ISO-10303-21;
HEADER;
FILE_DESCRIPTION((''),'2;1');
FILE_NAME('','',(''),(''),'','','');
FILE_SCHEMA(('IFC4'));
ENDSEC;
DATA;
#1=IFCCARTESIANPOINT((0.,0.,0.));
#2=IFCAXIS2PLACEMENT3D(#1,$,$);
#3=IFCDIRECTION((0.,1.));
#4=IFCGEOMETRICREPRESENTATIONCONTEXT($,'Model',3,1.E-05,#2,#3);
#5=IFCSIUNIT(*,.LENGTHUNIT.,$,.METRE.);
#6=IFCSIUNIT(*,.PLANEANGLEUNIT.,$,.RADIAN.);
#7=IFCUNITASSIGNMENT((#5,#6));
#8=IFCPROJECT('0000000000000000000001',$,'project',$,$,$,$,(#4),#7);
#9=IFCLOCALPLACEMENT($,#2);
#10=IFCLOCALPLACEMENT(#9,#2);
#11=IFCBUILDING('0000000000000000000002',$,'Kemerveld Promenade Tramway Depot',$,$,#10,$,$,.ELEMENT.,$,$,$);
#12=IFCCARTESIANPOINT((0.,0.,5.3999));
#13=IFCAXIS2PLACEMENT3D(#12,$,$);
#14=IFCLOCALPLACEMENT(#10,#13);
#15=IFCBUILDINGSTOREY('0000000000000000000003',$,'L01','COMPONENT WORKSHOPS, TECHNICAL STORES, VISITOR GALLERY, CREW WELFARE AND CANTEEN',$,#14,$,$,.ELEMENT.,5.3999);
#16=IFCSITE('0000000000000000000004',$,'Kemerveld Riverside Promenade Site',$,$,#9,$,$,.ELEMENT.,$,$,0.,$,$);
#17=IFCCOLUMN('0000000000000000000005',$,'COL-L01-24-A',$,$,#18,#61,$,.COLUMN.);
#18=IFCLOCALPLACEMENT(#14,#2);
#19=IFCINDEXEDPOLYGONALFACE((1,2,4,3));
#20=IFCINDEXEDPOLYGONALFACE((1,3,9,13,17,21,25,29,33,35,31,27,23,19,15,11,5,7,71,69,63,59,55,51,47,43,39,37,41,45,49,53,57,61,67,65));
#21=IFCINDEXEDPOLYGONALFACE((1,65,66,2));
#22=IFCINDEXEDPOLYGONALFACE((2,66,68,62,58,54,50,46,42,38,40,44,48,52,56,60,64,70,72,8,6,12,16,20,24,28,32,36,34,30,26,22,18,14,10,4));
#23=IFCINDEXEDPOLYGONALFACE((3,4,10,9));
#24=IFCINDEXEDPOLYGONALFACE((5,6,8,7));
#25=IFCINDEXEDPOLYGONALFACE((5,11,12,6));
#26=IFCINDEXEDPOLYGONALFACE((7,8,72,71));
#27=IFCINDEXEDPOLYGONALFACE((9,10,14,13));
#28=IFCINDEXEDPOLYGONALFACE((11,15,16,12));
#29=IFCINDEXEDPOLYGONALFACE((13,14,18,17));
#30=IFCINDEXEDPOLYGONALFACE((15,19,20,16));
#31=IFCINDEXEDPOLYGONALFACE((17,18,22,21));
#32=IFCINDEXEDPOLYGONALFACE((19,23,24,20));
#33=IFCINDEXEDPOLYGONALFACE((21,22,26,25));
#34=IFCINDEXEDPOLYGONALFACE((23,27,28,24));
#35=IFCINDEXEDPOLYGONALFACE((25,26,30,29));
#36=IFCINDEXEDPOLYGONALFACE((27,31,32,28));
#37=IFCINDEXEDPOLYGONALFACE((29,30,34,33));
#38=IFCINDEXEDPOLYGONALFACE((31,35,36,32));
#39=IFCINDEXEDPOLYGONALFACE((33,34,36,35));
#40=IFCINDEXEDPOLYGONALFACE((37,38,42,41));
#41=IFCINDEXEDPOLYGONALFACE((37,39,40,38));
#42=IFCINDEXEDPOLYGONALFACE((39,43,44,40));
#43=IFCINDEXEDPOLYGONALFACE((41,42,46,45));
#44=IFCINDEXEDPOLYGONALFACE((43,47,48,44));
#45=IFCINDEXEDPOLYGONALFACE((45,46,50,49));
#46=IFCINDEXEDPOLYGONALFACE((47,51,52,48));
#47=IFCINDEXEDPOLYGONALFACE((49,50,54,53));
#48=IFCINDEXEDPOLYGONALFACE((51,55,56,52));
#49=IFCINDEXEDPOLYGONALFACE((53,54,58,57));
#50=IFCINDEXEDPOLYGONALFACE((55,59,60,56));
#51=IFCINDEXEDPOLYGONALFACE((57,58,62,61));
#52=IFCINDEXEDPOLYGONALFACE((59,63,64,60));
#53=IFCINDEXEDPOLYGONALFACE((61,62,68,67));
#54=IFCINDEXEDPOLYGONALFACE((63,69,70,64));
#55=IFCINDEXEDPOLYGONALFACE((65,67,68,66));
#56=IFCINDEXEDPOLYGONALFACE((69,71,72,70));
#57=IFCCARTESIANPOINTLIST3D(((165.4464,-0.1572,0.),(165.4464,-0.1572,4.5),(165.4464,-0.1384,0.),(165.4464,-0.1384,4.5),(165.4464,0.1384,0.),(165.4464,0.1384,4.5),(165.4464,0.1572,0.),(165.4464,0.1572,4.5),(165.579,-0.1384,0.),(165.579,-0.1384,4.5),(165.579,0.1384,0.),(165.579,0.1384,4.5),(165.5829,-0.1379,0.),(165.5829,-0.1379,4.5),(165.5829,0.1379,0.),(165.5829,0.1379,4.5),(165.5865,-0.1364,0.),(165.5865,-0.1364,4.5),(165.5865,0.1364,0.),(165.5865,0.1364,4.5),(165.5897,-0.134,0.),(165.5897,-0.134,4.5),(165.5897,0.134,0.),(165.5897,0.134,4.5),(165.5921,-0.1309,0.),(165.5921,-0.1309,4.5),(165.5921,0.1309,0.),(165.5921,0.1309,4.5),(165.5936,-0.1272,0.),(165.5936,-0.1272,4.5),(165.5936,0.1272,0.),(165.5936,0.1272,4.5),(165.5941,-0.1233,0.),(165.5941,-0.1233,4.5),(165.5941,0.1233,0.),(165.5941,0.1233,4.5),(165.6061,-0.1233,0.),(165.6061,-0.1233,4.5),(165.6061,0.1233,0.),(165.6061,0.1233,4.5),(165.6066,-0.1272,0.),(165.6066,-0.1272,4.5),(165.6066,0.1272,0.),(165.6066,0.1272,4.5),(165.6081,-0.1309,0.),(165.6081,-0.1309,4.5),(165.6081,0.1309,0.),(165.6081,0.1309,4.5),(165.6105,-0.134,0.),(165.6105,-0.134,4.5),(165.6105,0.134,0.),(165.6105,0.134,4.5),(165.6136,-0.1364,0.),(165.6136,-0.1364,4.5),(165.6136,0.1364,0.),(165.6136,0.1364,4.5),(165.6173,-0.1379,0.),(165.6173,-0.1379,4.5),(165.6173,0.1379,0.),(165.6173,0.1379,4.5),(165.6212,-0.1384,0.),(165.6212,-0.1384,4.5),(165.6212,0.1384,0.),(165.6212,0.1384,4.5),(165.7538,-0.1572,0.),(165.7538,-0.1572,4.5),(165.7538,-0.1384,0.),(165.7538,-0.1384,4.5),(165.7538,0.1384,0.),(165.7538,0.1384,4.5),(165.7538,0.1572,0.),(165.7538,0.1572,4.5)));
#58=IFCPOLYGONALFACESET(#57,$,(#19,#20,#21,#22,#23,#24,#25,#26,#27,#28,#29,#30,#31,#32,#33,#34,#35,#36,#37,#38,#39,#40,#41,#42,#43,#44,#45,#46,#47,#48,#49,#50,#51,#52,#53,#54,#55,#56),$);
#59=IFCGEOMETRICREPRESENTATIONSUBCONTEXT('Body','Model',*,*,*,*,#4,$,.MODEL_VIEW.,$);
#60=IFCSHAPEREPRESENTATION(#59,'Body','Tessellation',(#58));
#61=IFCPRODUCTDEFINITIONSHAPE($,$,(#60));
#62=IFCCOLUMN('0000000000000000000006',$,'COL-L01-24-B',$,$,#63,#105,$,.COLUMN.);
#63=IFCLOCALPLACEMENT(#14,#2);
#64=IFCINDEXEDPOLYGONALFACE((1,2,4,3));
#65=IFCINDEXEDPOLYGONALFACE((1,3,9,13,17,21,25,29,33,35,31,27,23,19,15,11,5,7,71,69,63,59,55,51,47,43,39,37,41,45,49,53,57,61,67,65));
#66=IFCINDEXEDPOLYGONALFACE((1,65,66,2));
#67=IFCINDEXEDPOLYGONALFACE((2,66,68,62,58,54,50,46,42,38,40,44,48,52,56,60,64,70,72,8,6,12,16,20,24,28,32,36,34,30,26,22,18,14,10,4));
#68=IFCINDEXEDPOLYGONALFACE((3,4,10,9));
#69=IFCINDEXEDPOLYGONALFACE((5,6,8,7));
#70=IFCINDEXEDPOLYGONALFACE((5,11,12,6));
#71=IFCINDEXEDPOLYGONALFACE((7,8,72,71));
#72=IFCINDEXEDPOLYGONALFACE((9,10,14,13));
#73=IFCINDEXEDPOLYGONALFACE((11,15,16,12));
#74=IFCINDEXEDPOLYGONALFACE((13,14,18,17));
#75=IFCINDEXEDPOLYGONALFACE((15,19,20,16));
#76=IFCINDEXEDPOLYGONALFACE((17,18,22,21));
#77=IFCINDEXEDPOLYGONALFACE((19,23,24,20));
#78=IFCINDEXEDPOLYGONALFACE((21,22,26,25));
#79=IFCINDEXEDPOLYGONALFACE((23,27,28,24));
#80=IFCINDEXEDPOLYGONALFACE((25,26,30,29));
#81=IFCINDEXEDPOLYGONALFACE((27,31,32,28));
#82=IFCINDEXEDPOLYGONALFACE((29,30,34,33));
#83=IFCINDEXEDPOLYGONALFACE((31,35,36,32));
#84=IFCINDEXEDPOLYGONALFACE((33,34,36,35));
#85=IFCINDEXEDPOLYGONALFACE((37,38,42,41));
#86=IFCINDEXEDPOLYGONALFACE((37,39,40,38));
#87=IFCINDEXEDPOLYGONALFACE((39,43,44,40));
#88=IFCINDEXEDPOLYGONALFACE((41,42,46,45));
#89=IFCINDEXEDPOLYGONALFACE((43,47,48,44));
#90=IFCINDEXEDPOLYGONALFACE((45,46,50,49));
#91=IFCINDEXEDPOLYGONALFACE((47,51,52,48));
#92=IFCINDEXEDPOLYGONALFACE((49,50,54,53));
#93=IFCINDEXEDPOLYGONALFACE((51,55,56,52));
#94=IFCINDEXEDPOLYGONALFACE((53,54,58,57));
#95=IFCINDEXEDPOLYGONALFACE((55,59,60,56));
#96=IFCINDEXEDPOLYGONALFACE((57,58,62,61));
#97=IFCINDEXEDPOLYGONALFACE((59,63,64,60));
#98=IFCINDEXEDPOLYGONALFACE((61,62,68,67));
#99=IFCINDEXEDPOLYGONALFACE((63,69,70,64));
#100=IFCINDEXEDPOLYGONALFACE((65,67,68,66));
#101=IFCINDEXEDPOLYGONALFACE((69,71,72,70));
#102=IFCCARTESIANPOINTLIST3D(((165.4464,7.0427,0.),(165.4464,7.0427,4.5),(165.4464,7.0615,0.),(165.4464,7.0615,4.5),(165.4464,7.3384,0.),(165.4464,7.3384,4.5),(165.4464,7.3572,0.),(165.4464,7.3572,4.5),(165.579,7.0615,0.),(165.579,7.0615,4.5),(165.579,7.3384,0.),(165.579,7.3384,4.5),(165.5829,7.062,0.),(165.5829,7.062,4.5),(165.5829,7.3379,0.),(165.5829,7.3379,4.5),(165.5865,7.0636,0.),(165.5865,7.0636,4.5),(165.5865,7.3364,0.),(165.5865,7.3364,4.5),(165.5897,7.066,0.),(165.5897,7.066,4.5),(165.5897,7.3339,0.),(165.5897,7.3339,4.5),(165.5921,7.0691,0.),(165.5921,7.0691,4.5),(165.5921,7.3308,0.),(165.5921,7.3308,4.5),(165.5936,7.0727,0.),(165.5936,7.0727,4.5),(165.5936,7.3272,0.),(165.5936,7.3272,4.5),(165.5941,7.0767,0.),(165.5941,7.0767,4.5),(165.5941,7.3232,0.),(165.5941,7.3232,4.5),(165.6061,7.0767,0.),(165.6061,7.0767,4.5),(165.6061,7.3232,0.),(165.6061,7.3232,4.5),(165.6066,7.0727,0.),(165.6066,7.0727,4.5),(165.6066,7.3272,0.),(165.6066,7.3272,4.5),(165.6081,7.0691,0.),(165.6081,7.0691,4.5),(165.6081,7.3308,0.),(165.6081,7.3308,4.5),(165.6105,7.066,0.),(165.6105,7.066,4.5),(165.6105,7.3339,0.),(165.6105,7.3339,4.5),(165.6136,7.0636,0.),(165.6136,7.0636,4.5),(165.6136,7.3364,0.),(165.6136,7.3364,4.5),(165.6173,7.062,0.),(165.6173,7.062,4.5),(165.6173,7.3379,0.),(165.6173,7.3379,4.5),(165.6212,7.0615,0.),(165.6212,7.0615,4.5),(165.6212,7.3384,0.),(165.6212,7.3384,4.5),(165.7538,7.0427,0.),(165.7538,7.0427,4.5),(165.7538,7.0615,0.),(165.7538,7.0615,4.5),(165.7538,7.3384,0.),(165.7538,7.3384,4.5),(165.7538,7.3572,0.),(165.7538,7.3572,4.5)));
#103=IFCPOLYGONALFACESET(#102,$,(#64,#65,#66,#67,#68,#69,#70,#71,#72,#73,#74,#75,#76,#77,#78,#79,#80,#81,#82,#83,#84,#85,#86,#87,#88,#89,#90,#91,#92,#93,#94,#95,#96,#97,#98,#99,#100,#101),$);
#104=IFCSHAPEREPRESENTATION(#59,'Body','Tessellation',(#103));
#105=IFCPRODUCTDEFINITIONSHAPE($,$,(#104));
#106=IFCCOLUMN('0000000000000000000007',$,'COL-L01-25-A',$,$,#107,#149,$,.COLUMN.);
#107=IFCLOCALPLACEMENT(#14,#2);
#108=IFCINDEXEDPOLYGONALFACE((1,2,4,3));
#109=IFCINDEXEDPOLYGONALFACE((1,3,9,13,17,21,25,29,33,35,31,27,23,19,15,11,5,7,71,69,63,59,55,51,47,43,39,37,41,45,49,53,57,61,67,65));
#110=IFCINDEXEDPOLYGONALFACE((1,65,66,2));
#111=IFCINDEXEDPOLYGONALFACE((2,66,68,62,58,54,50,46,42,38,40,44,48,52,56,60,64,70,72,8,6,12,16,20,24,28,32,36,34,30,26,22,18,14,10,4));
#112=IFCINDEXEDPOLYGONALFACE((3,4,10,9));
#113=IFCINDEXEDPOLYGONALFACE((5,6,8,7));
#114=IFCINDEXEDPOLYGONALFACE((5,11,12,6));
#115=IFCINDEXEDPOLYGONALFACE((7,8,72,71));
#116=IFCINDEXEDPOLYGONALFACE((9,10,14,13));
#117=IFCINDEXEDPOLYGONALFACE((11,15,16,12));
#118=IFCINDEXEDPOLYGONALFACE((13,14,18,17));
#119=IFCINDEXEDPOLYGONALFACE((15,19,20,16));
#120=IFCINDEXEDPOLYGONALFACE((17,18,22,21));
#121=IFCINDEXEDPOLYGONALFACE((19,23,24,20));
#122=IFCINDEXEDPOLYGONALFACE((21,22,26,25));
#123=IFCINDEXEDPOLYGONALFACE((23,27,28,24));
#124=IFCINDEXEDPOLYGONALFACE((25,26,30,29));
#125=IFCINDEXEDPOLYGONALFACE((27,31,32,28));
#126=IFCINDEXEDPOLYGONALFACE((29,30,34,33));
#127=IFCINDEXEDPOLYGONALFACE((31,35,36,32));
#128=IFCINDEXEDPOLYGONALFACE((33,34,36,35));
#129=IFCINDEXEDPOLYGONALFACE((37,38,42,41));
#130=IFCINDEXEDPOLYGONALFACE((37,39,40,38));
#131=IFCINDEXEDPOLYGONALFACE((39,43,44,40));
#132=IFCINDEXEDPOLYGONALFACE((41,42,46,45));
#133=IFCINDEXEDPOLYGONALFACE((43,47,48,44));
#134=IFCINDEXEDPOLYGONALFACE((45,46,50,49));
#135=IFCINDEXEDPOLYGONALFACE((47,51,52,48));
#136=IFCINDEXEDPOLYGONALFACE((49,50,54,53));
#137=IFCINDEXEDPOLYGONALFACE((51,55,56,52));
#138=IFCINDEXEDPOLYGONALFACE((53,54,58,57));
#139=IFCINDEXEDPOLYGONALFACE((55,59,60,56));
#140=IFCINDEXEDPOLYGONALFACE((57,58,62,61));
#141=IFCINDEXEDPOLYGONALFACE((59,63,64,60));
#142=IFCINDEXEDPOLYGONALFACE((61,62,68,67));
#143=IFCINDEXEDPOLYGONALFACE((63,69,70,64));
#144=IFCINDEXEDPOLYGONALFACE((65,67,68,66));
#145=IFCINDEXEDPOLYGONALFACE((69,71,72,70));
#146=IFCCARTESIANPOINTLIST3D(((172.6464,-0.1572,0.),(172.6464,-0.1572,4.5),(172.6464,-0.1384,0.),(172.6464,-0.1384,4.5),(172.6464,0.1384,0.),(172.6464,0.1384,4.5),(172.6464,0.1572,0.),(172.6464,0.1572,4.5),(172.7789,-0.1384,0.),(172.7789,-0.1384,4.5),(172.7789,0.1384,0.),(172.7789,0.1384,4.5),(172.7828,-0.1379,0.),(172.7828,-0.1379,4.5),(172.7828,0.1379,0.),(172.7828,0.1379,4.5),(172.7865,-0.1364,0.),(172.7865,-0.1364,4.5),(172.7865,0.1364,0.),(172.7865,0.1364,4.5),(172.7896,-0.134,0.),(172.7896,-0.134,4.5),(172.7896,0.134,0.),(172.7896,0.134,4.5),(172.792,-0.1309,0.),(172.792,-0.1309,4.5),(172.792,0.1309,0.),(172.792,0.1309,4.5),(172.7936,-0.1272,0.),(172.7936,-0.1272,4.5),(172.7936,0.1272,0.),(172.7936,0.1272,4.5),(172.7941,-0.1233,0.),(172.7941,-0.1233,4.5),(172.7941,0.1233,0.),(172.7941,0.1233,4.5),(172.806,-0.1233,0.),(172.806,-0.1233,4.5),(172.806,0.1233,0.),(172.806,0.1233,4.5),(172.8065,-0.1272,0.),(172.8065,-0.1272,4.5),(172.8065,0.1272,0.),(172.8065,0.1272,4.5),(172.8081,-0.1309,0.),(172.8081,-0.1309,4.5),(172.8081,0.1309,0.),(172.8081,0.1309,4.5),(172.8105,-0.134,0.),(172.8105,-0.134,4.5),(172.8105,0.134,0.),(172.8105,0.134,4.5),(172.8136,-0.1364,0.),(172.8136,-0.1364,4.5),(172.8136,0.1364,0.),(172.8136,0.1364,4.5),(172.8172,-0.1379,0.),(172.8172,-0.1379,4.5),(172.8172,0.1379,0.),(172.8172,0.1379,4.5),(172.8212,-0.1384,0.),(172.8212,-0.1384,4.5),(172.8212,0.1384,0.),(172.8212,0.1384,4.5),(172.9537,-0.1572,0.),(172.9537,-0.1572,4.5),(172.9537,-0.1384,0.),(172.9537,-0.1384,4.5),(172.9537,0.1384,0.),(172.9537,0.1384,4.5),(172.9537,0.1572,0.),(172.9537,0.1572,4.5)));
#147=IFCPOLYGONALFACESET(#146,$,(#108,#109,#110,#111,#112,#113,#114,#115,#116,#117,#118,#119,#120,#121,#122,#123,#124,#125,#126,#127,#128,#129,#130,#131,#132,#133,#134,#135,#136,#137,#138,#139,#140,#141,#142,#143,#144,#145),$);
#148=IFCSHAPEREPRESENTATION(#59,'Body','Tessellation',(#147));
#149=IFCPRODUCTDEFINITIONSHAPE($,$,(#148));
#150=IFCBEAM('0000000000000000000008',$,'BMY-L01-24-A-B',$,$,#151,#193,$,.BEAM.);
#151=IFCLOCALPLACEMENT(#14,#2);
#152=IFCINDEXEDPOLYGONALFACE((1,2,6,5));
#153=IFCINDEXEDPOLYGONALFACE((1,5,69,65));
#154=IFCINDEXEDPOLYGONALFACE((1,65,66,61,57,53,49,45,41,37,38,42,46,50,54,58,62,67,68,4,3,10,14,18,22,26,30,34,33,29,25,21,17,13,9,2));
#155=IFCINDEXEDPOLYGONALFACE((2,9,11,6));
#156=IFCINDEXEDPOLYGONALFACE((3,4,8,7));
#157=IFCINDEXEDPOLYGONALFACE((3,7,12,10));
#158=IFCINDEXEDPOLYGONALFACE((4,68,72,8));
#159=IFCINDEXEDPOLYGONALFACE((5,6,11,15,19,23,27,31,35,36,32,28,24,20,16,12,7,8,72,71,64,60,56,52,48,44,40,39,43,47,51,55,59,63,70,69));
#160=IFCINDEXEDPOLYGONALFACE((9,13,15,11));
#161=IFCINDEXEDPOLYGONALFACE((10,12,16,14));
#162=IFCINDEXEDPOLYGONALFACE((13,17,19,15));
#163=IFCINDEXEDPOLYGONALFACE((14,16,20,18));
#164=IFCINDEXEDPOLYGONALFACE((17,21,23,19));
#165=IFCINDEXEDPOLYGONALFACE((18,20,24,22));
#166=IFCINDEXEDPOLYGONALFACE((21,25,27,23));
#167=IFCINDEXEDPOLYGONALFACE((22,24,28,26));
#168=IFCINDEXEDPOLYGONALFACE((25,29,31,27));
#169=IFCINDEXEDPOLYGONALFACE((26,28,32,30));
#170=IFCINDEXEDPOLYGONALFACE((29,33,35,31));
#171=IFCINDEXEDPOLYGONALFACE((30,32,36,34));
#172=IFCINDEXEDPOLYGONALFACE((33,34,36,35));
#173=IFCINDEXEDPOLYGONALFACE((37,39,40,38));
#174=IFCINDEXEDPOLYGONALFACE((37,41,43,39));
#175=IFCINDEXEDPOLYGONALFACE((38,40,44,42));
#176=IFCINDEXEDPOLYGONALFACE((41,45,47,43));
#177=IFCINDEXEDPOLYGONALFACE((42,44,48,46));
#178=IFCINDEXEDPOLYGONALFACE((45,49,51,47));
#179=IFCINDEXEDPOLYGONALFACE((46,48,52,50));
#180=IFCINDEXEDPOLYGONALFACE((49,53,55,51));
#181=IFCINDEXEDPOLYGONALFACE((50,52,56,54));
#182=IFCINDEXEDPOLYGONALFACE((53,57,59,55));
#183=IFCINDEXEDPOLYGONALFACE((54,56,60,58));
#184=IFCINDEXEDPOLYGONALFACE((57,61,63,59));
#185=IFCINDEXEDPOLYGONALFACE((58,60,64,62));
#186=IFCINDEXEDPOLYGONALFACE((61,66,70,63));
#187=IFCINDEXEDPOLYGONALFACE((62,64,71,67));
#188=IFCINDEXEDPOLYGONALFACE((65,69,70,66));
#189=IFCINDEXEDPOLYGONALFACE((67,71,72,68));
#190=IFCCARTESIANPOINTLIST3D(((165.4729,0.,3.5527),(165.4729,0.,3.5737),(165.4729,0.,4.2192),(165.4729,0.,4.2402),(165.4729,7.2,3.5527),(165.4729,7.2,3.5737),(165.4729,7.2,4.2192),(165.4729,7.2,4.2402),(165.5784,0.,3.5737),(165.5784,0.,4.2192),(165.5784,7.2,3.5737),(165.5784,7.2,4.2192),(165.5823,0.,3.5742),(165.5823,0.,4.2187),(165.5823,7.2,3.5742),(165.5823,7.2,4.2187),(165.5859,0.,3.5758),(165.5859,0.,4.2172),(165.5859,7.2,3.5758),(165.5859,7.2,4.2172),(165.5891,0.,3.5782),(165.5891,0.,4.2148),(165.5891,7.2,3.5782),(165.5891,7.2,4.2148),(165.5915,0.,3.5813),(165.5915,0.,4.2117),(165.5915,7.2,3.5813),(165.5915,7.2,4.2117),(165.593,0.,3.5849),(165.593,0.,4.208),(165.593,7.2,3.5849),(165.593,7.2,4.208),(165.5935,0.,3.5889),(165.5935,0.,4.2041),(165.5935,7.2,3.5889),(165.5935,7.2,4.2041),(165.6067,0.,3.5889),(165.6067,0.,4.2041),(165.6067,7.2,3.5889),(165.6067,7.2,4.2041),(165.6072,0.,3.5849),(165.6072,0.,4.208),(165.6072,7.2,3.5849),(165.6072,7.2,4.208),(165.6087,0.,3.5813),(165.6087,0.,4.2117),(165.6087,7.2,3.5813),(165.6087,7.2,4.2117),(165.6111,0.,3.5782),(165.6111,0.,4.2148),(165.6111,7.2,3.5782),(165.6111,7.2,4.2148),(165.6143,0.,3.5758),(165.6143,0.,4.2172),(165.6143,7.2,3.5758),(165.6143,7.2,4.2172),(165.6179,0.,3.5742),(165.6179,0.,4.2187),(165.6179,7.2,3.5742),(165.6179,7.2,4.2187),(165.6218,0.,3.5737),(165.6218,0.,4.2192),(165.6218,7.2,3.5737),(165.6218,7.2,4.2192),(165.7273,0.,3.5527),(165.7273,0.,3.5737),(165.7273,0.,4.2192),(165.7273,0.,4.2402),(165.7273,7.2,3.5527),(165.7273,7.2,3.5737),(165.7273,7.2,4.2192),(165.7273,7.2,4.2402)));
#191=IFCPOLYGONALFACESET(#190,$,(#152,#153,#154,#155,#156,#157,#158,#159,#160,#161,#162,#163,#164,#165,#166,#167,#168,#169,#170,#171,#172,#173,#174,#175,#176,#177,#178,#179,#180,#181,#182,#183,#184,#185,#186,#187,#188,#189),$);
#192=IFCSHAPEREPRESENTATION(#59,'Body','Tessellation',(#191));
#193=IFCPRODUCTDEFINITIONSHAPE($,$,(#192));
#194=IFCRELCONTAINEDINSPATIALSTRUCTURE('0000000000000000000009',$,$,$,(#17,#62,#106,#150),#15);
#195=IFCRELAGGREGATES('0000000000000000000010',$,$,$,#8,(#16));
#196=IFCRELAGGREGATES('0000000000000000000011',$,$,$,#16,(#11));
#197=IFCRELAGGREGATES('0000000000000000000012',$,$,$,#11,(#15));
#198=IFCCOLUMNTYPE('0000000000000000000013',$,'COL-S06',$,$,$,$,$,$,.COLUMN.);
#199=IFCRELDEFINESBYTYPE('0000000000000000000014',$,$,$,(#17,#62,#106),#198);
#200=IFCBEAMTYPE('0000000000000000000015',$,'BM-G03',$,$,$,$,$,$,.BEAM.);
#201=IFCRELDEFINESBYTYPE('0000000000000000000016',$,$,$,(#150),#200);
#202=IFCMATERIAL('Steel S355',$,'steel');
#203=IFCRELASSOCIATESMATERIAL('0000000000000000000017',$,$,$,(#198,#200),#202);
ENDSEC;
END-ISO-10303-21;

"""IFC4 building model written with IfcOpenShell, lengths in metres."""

from ifc_helpers import new_model, si_unit, direction, frame, origin, origin_2d, place, context, subcontext, project, spatial, i_section, extrude, material, material_profile, profile_set, type_object, element, save


model = new_model("IFC4")

# Units and contexts
model_context = context("Model", 3, precision=1e-05, world=origin(), true_north=direction((0.0, 1.0)))
body_context = subcontext(model_context, "Body", "Model", "MODEL_VIEW")
ifc_project = project(units=[si_unit("LENGTHUNIT", "METRE"), si_unit("PLANEANGLEUNIT", "RADIAN")], contexts=[model_context])

# Site, building, storey
site_placement = place(None, origin())
site = spatial("IfcSite", under=ifc_project, at=site_placement, Name="Kemerveld Riverside Promenade Site", CompositionType="ELEMENT", RefElevation=0.0)
building_placement = place(site_placement, origin())
building = spatial("IfcBuilding", under=site, at=building_placement, Name="Kemerveld Promenade Tramway Depot", CompositionType="ELEMENT")
storey_placement = place(building_placement, frame((0.0, 0.0, 5.3999)))
storey = spatial("IfcBuildingStorey", under=building, at=storey_placement, Name="L01", Description="COMPONENT WORKSHOPS, TECHNICAL STORES, VISITOR GALLERY, CREW WELFARE AND CANTEEN", CompositionType="ELEMENT", Elevation=5.3999)

# Columns
ifc_material_1 = material(Name="Steel S355", Category="steel")
ifc_material_profile_1 = material_profile(ifc_material_1, i_section(OverallWidth=0.3074, OverallDepth=0.3145, WebThickness=0.012, FlangeThickness=0.0188, FilletRadius=0.0151, at=origin_2d()), Name="305x305x118 UC")
ifc_profile_set_1 = profile_set([ifc_material_profile_1], Name="Steel S355")
column_type = type_object("IfcColumnType", Name="COL-S06", PredefinedType="COLUMN", material=ifc_profile_set_1)
for number, where, z_axis, x_axis, name in (
    (1, (165.6001, 0.0, 0.0), (0.0, 0.0, 1.0), (1.0, 0.0, 0.0), "COL-L01-24-A"),
    (2, (165.6001, 7.2, 0.0), (0.0, 0.0, 1.0), (1.0, 0.0, 0.0), "COL-L01-24-B"),
    (3, (172.8, 0.0, 0.0), (0.0, 0.0, 1.0), (1.0, 0.0, 0.0), "COL-L01-25-A"),
):
    element("IfcColumn", number, at=place(storey_placement, frame(where, z_axis=z_axis, x_axis=x_axis)), inside=storey, type_object=column_type, Name=name, PredefinedType="COLUMN", context=body_context, shape_type="SweptSolid", body=[
        extrude(i_section(OverallWidth=0.3074, OverallDepth=0.3145, WebThickness=0.012, FlangeThickness=0.0188, FilletRadius=0.0151, at=origin_2d()), origin(), (0.0, 0.0, 1.0), 4.5),
    ])

# Beam
ifc_material_profile_2 = material_profile(ifc_material_1, i_section(OverallWidth=0.2544, OverallDepth=0.6875, WebThickness=0.0132, FlangeThickness=0.021, FilletRadius=0.0151, at=origin_2d()), Name="686x254x152 UB")
ifc_profile_set_2 = profile_set([ifc_material_profile_2], Name="Steel S355")
beam_type_1 = type_object("IfcBeamType", Name="BM-G03", PredefinedType="BEAM", material=ifc_profile_set_2)
for number, where, z_axis, x_axis, name in (
    (4, (165.6001, 0.0, 3.8965), (0.0, 1.0, 0.0), (-1.0, 0.0, 0.0), "BMY-L01-24-A-B"),
):
    element("IfcBeam", number, at=place(storey_placement, frame(where, z_axis=z_axis, x_axis=x_axis)), inside=storey, type_object=beam_type_1, Name=name, PredefinedType="BEAM", context=body_context, shape_type="SweptSolid", body=[
        extrude(i_section(OverallWidth=0.2544, OverallDepth=0.6875, WebThickness=0.0132, FlangeThickness=0.021, FilletRadius=0.0151, at=origin_2d()), origin(), (0.0, 0.0, 1.0), 7.2),
    ])

save(model, "model.ifc")
